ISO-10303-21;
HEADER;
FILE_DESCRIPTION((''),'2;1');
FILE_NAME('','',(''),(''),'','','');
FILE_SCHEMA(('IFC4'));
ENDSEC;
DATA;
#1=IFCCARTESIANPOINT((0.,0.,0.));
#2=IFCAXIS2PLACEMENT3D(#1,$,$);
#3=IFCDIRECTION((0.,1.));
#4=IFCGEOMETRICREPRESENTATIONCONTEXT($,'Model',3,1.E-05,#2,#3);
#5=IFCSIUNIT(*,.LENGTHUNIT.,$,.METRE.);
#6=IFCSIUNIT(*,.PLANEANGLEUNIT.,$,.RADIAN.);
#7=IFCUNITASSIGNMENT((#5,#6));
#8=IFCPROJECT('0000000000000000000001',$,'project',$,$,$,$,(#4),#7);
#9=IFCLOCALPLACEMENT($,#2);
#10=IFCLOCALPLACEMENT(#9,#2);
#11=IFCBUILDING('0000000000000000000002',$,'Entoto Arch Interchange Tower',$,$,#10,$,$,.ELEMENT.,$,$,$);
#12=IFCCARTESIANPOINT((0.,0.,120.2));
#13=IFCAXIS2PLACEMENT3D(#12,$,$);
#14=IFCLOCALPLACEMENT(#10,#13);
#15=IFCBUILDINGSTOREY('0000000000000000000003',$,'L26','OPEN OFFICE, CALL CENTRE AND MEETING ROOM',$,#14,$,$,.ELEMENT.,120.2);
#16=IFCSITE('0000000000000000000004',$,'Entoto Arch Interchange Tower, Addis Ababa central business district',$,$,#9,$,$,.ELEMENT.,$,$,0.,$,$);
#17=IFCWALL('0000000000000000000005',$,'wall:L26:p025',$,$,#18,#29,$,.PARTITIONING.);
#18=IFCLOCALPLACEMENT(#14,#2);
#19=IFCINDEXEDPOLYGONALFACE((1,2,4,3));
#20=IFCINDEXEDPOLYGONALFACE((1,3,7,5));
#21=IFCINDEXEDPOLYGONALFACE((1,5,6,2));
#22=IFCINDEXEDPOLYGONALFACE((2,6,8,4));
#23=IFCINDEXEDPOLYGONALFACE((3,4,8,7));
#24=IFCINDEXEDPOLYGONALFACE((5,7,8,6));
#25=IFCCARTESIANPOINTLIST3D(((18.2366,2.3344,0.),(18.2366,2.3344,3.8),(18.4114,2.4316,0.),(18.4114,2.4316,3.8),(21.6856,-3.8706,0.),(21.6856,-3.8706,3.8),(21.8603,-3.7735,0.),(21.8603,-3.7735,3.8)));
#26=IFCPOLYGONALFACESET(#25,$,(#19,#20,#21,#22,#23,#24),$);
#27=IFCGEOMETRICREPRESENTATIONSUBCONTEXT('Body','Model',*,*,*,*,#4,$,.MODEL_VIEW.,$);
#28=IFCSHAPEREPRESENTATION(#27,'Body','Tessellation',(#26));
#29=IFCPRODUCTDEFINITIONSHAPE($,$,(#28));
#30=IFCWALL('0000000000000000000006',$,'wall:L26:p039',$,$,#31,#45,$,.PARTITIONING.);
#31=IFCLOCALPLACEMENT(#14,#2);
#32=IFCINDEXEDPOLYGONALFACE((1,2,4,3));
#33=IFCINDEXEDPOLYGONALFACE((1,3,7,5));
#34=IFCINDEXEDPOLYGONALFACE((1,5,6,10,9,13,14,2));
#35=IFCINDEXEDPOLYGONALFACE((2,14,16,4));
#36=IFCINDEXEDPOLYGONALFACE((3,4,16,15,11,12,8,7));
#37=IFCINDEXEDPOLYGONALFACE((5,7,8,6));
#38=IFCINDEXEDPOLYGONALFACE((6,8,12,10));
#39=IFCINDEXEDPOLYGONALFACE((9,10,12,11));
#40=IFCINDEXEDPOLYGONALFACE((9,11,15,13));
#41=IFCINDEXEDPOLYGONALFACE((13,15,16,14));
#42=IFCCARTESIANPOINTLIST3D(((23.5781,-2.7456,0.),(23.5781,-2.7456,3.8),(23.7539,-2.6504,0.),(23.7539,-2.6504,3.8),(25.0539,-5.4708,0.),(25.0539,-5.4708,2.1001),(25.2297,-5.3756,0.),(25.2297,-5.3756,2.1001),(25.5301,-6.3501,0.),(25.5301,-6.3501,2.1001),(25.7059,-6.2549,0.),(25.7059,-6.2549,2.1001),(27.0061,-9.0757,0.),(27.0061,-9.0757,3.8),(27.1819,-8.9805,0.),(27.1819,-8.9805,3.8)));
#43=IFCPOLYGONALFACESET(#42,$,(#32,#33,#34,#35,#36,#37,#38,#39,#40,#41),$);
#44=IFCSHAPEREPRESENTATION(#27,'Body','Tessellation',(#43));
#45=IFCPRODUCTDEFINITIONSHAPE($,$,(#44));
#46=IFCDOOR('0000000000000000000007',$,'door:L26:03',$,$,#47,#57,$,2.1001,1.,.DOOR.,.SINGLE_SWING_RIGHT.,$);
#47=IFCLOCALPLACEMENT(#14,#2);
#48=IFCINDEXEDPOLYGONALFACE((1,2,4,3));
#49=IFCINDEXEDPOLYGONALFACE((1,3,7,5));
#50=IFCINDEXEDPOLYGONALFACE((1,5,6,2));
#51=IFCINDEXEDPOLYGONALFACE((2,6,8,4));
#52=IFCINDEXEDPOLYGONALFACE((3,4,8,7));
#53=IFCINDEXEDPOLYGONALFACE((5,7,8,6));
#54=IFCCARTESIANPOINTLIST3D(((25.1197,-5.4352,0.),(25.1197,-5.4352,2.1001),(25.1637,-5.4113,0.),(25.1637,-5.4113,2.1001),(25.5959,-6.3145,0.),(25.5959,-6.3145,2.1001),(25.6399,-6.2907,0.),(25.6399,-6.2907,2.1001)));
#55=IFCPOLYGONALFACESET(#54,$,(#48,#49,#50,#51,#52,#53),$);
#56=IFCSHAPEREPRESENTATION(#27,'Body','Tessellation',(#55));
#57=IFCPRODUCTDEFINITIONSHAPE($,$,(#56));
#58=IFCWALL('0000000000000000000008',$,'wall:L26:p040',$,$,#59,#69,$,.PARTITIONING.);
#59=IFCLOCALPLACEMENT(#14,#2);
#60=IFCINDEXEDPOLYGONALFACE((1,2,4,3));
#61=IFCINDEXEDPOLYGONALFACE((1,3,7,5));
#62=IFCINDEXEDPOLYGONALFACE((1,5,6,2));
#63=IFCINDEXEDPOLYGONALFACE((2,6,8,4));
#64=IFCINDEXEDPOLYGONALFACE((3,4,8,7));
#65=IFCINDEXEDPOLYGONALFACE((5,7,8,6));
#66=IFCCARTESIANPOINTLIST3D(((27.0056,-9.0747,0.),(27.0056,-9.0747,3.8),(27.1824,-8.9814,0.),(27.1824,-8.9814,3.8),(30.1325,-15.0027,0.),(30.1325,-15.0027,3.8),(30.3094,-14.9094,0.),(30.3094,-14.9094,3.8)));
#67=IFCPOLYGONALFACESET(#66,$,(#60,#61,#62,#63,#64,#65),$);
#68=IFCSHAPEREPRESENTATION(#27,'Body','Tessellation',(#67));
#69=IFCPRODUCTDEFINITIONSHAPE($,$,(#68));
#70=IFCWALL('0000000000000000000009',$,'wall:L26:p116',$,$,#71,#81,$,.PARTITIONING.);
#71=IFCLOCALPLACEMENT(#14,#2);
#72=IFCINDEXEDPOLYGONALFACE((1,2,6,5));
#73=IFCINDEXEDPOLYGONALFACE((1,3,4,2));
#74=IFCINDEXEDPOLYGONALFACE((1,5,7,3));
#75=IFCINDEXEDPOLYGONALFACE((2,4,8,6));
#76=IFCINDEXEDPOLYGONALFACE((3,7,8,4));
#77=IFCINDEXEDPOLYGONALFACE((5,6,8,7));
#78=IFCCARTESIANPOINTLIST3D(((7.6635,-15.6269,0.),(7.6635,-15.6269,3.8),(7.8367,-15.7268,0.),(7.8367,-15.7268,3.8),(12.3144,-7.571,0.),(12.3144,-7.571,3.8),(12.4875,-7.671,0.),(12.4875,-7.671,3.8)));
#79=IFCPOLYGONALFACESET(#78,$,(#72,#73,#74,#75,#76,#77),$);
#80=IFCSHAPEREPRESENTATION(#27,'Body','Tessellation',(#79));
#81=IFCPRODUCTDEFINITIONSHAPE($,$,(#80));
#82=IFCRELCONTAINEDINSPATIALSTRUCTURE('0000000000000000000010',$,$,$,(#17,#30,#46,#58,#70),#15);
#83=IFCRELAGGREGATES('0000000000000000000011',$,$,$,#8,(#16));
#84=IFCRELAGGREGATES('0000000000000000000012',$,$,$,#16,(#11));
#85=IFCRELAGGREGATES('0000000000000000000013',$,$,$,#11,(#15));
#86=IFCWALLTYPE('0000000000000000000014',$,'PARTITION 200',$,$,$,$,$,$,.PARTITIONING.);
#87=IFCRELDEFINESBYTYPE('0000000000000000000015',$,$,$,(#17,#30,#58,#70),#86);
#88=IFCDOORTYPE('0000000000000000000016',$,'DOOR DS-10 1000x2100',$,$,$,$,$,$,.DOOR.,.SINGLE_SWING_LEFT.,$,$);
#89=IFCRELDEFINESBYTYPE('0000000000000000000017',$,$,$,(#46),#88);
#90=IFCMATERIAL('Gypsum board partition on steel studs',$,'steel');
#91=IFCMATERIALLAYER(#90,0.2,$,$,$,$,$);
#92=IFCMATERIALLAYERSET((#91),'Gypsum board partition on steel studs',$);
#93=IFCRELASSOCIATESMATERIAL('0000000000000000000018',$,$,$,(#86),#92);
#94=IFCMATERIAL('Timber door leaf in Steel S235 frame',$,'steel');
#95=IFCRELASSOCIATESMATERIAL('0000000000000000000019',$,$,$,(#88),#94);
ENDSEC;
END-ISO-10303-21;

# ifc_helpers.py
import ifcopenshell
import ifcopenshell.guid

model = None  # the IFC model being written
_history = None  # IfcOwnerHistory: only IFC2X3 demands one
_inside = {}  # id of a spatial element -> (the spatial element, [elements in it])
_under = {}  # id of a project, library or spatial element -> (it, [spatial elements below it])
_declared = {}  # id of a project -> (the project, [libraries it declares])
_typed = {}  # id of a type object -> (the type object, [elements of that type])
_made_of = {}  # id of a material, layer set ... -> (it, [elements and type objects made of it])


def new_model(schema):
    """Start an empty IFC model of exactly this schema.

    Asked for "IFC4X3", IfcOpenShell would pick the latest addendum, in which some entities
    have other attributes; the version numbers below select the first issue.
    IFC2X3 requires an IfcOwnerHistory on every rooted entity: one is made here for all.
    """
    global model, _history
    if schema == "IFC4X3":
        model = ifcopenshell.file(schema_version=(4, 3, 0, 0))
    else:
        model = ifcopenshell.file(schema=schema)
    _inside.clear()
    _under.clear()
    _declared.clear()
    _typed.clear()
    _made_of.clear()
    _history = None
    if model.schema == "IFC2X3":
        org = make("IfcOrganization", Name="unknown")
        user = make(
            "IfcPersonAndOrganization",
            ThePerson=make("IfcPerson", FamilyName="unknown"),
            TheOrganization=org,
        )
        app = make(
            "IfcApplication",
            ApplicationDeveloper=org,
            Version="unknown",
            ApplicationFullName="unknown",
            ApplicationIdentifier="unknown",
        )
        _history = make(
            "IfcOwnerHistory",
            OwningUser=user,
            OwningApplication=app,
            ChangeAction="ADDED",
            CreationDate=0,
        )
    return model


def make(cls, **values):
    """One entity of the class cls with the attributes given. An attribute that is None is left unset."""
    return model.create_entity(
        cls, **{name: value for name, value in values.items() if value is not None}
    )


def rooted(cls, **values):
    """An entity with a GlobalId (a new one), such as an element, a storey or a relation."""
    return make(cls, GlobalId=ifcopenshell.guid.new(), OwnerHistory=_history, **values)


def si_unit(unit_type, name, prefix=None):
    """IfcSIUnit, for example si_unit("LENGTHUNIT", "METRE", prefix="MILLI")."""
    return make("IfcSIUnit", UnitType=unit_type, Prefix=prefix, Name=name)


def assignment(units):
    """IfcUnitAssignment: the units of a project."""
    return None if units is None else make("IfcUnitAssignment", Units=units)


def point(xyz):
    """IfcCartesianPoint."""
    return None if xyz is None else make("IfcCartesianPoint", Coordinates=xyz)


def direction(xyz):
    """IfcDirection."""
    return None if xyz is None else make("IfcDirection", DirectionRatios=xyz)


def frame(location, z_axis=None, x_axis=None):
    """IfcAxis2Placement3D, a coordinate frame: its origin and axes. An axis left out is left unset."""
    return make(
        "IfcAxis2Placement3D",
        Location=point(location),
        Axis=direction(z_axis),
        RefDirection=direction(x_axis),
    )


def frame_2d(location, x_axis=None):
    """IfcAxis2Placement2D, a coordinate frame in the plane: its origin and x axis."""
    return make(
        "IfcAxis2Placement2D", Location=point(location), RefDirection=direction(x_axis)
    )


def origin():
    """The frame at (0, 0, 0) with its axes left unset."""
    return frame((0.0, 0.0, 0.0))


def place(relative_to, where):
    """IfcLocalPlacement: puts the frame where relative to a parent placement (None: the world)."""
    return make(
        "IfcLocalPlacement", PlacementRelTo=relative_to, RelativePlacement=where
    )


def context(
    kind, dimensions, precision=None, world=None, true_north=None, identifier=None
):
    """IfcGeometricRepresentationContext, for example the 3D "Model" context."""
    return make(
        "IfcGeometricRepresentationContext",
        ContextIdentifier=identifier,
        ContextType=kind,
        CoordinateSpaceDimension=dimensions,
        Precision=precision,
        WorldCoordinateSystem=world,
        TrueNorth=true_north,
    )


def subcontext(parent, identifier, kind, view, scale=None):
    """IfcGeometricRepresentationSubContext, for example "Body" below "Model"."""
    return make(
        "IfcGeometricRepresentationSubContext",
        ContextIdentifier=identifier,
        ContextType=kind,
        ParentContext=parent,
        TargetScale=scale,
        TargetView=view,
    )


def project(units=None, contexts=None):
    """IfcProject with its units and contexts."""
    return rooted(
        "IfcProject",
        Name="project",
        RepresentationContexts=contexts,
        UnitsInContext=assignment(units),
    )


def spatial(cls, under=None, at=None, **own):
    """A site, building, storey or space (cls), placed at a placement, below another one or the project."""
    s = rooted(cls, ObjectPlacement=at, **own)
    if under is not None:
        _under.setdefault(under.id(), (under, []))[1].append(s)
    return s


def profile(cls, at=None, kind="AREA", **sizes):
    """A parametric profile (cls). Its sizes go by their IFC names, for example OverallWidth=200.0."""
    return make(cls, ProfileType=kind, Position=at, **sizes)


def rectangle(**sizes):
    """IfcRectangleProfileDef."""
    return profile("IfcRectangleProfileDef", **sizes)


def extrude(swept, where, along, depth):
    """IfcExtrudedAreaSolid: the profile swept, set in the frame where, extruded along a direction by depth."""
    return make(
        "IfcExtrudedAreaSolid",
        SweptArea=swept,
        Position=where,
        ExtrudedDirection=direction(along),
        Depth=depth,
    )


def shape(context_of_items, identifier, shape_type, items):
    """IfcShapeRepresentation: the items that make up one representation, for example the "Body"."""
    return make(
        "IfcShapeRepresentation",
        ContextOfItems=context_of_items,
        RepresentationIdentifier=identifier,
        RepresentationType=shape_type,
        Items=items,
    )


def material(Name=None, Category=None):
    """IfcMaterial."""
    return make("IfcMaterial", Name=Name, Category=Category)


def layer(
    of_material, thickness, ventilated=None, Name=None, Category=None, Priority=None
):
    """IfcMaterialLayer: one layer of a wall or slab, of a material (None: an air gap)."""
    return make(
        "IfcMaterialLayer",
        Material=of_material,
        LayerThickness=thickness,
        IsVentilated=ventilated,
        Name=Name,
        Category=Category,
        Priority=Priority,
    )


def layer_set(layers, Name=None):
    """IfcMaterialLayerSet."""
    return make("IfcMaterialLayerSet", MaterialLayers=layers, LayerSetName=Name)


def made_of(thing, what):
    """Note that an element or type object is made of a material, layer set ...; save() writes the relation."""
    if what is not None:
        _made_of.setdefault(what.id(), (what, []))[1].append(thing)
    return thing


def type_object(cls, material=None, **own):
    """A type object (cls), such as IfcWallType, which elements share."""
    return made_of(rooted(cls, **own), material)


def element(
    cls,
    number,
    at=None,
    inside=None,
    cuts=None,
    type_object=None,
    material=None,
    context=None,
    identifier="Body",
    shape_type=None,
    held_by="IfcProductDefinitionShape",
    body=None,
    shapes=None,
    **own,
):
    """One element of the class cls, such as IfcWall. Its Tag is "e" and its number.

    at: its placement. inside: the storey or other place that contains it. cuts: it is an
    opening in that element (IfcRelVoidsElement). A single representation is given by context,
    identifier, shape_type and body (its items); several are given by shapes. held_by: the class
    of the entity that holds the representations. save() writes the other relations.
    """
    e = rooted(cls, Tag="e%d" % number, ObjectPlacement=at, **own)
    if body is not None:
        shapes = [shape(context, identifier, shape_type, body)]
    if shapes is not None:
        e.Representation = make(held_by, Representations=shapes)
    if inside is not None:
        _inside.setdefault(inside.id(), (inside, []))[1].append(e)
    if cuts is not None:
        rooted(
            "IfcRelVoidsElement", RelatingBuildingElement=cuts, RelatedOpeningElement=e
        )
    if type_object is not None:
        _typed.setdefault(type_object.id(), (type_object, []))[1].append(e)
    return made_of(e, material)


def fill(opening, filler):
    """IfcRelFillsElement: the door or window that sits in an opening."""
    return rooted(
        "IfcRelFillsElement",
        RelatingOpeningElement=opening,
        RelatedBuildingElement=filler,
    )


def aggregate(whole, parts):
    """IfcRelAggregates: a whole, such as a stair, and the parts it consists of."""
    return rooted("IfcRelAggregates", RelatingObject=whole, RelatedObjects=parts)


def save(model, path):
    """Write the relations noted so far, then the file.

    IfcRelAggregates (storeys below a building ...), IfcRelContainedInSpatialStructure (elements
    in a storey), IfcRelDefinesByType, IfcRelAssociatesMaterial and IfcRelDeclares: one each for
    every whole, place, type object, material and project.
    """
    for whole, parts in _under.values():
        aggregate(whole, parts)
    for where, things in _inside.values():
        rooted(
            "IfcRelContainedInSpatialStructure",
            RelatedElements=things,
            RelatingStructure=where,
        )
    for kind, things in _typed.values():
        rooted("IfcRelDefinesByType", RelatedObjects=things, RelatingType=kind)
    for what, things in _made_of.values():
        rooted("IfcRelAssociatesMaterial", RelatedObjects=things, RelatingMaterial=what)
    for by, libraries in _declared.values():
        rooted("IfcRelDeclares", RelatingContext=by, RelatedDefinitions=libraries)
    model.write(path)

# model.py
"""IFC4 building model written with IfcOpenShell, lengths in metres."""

from ifc_helpers import new_model, si_unit, direction, frame, frame_2d, origin, place, context, subcontext, project, spatial, rectangle, extrude, material, layer, layer_set, type_object, element, fill, save


model = new_model("IFC4")

# Units and contexts
model_context = context("Model", 3, precision=1e-05, world=origin(), true_north=direction((0.0, 1.0)))
body_context = subcontext(model_context, "Body", "Model", "MODEL_VIEW")
ifc_project = project(units=[si_unit("LENGTHUNIT", "METRE"), si_unit("PLANEANGLEUNIT", "RADIAN")], contexts=[model_context])

# Site, building, storey
site_placement = place(None, origin())
site = spatial("IfcSite", under=ifc_project, at=site_placement, Name="Entoto Arch Interchange Tower, Addis Ababa central business district", CompositionType="ELEMENT", RefElevation=0.0)
building_placement = place(site_placement, origin())
building = spatial("IfcBuilding", under=site, at=building_placement, Name="Entoto Arch Interchange Tower", CompositionType="ELEMENT")
storey_placement = place(building_placement, frame((0.0, 0.0, 120.2)))
storey = spatial("IfcBuildingStorey", under=building, at=storey_placement, Name="L26", Description="OPEN OFFICE, CALL CENTRE AND MEETING ROOM", CompositionType="ELEMENT", Elevation=120.2)

# Shared definitions
ifc_material_1 = material(Name="Gypsum board partition on steel studs", Category="steel")
ifc_layer_1 = layer(ifc_material_1, 0.2)
ifc_layer_set_1 = layer_set([ifc_layer_1], Name="Gypsum board partition on steel studs")
wall_type_1 = type_object("IfcWallType", Name="PARTITION 200", PredefinedType="PARTITIONING", material=ifc_layer_set_1)

# Shared definitions
ifc_material_2 = material(Name="Timber door leaf in Steel S235 frame", Category="steel")

# Wall
wall_1_placement = place(storey_placement, frame((21.7729, -3.822, 0.0), z_axis=(0.0, 0.0, 1.0), x_axis=(-0.485827, 0.874055, 0.0)))
element("IfcWall", 1, at=wall_1_placement, inside=storey, type_object=wall_type_1, Name="wall:L26:p025", PredefinedType="PARTITIONING", context=body_context, shape_type="SweptSolid", body=[
    extrude(rectangle(XDim=7.0991, YDim=0.2, at=frame_2d((3.5496, 0.0))), origin(), (0.0, 0.0, 1.0), 3.8),
])

# Wall, opening, door
wall_2_placement = place(storey_placement, frame((23.666, -2.698, 0.0), z_axis=(0.0, 0.0, 1.0), x_axis=(0.476196, -0.879339, 0.0)))
wall_2 = element("IfcWall", 2, at=wall_2_placement, inside=storey, type_object=wall_type_1, Name="wall:L26:p039", PredefinedType="PARTITIONING", context=body_context, shape_type="SweptSolid", body=[
    extrude(rectangle(XDim=7.1987, YDim=0.2, at=frame_2d((3.5994, 0.0))), origin(), (0.0, 0.0, 1.0), 3.8),
])
opening_1_placement = place(wall_2_placement, frame((3.0991, 0.0, 0.0)))
opening_1 = element("IfcOpeningElement", 3, at=opening_1_placement, cuts=wall_2, PredefinedType="OPENING", context=body_context, shape_type="SweptSolid", body=[
    extrude(rectangle(XDim=1.0, YDim=2.1001, at=frame_2d((0.5, 1.05))), frame((0.0, 0.1099, 0.0), z_axis=(0.0, -1.0, 0.0), x_axis=(1.0, 0.0, 0.0)), (0.0, 0.0, 1.0), 0.22),
])
door_type_1 = type_object("IfcDoorType", Name="DOOR DS-10 1000x2100", OperationType="SINGLE_SWING_LEFT", PredefinedType="DOOR", material=ifc_material_2)
door_1_placement = place(opening_1_placement, origin())
door_1 = element("IfcDoor", 4, at=door_1_placement, inside=storey, type_object=door_type_1, Name="door:L26:03", OperationType="SINGLE_SWING_RIGHT", OverallHeight=2.1001, OverallWidth=1.0, PredefinedType="DOOR", context=body_context, shape_type="SweptSolid", body=[
    extrude(rectangle(XDim=1.0, YDim=2.1001, at=frame_2d((0.5, 1.05))), frame((0.0, 0.0249, 0.0), z_axis=(0.0, -1.0, 0.0), x_axis=(1.0, 0.0, 0.0)), (0.0, 0.0, 1.0), 0.05),
])
fill(opening_1, door_1)

# Walls
wall_3_placement = place(storey_placement, frame((27.094, -9.0281, 0.0), z_axis=(0.0, 0.0, 1.0), x_axis=(0.46656, -0.88449, 0.0)))
element("IfcWall", 5, at=wall_3_placement, inside=storey, type_object=wall_type_1, Name="wall:L26:p040", PredefinedType="PARTITIONING", context=body_context, shape_type="SweptSolid", body=[
    extrude(rectangle(XDim=6.7021, YDim=0.2, at=frame_2d((3.3511, 0.0))), origin(), (0.0, 0.0, 1.0), 3.8),
])
wall_4_placement = place(storey_placement, frame((12.4009, -7.6211, 0.0), z_axis=(0.0, 0.0, 1.0), x_axis=(-0.499984, -0.866035, 0.0)))
element("IfcWall", 6, at=wall_4_placement, inside=storey, type_object=wall_type_1, Name="wall:L26:p116", PredefinedType="PARTITIONING", context=body_context, shape_type="SweptSolid", body=[
    extrude(rectangle(XDim=9.302, YDim=0.2, at=frame_2d((4.6509, 0.0))), origin(), (0.0, 0.0, 1.0), 3.8),
])

save(model, "model.ifc")
